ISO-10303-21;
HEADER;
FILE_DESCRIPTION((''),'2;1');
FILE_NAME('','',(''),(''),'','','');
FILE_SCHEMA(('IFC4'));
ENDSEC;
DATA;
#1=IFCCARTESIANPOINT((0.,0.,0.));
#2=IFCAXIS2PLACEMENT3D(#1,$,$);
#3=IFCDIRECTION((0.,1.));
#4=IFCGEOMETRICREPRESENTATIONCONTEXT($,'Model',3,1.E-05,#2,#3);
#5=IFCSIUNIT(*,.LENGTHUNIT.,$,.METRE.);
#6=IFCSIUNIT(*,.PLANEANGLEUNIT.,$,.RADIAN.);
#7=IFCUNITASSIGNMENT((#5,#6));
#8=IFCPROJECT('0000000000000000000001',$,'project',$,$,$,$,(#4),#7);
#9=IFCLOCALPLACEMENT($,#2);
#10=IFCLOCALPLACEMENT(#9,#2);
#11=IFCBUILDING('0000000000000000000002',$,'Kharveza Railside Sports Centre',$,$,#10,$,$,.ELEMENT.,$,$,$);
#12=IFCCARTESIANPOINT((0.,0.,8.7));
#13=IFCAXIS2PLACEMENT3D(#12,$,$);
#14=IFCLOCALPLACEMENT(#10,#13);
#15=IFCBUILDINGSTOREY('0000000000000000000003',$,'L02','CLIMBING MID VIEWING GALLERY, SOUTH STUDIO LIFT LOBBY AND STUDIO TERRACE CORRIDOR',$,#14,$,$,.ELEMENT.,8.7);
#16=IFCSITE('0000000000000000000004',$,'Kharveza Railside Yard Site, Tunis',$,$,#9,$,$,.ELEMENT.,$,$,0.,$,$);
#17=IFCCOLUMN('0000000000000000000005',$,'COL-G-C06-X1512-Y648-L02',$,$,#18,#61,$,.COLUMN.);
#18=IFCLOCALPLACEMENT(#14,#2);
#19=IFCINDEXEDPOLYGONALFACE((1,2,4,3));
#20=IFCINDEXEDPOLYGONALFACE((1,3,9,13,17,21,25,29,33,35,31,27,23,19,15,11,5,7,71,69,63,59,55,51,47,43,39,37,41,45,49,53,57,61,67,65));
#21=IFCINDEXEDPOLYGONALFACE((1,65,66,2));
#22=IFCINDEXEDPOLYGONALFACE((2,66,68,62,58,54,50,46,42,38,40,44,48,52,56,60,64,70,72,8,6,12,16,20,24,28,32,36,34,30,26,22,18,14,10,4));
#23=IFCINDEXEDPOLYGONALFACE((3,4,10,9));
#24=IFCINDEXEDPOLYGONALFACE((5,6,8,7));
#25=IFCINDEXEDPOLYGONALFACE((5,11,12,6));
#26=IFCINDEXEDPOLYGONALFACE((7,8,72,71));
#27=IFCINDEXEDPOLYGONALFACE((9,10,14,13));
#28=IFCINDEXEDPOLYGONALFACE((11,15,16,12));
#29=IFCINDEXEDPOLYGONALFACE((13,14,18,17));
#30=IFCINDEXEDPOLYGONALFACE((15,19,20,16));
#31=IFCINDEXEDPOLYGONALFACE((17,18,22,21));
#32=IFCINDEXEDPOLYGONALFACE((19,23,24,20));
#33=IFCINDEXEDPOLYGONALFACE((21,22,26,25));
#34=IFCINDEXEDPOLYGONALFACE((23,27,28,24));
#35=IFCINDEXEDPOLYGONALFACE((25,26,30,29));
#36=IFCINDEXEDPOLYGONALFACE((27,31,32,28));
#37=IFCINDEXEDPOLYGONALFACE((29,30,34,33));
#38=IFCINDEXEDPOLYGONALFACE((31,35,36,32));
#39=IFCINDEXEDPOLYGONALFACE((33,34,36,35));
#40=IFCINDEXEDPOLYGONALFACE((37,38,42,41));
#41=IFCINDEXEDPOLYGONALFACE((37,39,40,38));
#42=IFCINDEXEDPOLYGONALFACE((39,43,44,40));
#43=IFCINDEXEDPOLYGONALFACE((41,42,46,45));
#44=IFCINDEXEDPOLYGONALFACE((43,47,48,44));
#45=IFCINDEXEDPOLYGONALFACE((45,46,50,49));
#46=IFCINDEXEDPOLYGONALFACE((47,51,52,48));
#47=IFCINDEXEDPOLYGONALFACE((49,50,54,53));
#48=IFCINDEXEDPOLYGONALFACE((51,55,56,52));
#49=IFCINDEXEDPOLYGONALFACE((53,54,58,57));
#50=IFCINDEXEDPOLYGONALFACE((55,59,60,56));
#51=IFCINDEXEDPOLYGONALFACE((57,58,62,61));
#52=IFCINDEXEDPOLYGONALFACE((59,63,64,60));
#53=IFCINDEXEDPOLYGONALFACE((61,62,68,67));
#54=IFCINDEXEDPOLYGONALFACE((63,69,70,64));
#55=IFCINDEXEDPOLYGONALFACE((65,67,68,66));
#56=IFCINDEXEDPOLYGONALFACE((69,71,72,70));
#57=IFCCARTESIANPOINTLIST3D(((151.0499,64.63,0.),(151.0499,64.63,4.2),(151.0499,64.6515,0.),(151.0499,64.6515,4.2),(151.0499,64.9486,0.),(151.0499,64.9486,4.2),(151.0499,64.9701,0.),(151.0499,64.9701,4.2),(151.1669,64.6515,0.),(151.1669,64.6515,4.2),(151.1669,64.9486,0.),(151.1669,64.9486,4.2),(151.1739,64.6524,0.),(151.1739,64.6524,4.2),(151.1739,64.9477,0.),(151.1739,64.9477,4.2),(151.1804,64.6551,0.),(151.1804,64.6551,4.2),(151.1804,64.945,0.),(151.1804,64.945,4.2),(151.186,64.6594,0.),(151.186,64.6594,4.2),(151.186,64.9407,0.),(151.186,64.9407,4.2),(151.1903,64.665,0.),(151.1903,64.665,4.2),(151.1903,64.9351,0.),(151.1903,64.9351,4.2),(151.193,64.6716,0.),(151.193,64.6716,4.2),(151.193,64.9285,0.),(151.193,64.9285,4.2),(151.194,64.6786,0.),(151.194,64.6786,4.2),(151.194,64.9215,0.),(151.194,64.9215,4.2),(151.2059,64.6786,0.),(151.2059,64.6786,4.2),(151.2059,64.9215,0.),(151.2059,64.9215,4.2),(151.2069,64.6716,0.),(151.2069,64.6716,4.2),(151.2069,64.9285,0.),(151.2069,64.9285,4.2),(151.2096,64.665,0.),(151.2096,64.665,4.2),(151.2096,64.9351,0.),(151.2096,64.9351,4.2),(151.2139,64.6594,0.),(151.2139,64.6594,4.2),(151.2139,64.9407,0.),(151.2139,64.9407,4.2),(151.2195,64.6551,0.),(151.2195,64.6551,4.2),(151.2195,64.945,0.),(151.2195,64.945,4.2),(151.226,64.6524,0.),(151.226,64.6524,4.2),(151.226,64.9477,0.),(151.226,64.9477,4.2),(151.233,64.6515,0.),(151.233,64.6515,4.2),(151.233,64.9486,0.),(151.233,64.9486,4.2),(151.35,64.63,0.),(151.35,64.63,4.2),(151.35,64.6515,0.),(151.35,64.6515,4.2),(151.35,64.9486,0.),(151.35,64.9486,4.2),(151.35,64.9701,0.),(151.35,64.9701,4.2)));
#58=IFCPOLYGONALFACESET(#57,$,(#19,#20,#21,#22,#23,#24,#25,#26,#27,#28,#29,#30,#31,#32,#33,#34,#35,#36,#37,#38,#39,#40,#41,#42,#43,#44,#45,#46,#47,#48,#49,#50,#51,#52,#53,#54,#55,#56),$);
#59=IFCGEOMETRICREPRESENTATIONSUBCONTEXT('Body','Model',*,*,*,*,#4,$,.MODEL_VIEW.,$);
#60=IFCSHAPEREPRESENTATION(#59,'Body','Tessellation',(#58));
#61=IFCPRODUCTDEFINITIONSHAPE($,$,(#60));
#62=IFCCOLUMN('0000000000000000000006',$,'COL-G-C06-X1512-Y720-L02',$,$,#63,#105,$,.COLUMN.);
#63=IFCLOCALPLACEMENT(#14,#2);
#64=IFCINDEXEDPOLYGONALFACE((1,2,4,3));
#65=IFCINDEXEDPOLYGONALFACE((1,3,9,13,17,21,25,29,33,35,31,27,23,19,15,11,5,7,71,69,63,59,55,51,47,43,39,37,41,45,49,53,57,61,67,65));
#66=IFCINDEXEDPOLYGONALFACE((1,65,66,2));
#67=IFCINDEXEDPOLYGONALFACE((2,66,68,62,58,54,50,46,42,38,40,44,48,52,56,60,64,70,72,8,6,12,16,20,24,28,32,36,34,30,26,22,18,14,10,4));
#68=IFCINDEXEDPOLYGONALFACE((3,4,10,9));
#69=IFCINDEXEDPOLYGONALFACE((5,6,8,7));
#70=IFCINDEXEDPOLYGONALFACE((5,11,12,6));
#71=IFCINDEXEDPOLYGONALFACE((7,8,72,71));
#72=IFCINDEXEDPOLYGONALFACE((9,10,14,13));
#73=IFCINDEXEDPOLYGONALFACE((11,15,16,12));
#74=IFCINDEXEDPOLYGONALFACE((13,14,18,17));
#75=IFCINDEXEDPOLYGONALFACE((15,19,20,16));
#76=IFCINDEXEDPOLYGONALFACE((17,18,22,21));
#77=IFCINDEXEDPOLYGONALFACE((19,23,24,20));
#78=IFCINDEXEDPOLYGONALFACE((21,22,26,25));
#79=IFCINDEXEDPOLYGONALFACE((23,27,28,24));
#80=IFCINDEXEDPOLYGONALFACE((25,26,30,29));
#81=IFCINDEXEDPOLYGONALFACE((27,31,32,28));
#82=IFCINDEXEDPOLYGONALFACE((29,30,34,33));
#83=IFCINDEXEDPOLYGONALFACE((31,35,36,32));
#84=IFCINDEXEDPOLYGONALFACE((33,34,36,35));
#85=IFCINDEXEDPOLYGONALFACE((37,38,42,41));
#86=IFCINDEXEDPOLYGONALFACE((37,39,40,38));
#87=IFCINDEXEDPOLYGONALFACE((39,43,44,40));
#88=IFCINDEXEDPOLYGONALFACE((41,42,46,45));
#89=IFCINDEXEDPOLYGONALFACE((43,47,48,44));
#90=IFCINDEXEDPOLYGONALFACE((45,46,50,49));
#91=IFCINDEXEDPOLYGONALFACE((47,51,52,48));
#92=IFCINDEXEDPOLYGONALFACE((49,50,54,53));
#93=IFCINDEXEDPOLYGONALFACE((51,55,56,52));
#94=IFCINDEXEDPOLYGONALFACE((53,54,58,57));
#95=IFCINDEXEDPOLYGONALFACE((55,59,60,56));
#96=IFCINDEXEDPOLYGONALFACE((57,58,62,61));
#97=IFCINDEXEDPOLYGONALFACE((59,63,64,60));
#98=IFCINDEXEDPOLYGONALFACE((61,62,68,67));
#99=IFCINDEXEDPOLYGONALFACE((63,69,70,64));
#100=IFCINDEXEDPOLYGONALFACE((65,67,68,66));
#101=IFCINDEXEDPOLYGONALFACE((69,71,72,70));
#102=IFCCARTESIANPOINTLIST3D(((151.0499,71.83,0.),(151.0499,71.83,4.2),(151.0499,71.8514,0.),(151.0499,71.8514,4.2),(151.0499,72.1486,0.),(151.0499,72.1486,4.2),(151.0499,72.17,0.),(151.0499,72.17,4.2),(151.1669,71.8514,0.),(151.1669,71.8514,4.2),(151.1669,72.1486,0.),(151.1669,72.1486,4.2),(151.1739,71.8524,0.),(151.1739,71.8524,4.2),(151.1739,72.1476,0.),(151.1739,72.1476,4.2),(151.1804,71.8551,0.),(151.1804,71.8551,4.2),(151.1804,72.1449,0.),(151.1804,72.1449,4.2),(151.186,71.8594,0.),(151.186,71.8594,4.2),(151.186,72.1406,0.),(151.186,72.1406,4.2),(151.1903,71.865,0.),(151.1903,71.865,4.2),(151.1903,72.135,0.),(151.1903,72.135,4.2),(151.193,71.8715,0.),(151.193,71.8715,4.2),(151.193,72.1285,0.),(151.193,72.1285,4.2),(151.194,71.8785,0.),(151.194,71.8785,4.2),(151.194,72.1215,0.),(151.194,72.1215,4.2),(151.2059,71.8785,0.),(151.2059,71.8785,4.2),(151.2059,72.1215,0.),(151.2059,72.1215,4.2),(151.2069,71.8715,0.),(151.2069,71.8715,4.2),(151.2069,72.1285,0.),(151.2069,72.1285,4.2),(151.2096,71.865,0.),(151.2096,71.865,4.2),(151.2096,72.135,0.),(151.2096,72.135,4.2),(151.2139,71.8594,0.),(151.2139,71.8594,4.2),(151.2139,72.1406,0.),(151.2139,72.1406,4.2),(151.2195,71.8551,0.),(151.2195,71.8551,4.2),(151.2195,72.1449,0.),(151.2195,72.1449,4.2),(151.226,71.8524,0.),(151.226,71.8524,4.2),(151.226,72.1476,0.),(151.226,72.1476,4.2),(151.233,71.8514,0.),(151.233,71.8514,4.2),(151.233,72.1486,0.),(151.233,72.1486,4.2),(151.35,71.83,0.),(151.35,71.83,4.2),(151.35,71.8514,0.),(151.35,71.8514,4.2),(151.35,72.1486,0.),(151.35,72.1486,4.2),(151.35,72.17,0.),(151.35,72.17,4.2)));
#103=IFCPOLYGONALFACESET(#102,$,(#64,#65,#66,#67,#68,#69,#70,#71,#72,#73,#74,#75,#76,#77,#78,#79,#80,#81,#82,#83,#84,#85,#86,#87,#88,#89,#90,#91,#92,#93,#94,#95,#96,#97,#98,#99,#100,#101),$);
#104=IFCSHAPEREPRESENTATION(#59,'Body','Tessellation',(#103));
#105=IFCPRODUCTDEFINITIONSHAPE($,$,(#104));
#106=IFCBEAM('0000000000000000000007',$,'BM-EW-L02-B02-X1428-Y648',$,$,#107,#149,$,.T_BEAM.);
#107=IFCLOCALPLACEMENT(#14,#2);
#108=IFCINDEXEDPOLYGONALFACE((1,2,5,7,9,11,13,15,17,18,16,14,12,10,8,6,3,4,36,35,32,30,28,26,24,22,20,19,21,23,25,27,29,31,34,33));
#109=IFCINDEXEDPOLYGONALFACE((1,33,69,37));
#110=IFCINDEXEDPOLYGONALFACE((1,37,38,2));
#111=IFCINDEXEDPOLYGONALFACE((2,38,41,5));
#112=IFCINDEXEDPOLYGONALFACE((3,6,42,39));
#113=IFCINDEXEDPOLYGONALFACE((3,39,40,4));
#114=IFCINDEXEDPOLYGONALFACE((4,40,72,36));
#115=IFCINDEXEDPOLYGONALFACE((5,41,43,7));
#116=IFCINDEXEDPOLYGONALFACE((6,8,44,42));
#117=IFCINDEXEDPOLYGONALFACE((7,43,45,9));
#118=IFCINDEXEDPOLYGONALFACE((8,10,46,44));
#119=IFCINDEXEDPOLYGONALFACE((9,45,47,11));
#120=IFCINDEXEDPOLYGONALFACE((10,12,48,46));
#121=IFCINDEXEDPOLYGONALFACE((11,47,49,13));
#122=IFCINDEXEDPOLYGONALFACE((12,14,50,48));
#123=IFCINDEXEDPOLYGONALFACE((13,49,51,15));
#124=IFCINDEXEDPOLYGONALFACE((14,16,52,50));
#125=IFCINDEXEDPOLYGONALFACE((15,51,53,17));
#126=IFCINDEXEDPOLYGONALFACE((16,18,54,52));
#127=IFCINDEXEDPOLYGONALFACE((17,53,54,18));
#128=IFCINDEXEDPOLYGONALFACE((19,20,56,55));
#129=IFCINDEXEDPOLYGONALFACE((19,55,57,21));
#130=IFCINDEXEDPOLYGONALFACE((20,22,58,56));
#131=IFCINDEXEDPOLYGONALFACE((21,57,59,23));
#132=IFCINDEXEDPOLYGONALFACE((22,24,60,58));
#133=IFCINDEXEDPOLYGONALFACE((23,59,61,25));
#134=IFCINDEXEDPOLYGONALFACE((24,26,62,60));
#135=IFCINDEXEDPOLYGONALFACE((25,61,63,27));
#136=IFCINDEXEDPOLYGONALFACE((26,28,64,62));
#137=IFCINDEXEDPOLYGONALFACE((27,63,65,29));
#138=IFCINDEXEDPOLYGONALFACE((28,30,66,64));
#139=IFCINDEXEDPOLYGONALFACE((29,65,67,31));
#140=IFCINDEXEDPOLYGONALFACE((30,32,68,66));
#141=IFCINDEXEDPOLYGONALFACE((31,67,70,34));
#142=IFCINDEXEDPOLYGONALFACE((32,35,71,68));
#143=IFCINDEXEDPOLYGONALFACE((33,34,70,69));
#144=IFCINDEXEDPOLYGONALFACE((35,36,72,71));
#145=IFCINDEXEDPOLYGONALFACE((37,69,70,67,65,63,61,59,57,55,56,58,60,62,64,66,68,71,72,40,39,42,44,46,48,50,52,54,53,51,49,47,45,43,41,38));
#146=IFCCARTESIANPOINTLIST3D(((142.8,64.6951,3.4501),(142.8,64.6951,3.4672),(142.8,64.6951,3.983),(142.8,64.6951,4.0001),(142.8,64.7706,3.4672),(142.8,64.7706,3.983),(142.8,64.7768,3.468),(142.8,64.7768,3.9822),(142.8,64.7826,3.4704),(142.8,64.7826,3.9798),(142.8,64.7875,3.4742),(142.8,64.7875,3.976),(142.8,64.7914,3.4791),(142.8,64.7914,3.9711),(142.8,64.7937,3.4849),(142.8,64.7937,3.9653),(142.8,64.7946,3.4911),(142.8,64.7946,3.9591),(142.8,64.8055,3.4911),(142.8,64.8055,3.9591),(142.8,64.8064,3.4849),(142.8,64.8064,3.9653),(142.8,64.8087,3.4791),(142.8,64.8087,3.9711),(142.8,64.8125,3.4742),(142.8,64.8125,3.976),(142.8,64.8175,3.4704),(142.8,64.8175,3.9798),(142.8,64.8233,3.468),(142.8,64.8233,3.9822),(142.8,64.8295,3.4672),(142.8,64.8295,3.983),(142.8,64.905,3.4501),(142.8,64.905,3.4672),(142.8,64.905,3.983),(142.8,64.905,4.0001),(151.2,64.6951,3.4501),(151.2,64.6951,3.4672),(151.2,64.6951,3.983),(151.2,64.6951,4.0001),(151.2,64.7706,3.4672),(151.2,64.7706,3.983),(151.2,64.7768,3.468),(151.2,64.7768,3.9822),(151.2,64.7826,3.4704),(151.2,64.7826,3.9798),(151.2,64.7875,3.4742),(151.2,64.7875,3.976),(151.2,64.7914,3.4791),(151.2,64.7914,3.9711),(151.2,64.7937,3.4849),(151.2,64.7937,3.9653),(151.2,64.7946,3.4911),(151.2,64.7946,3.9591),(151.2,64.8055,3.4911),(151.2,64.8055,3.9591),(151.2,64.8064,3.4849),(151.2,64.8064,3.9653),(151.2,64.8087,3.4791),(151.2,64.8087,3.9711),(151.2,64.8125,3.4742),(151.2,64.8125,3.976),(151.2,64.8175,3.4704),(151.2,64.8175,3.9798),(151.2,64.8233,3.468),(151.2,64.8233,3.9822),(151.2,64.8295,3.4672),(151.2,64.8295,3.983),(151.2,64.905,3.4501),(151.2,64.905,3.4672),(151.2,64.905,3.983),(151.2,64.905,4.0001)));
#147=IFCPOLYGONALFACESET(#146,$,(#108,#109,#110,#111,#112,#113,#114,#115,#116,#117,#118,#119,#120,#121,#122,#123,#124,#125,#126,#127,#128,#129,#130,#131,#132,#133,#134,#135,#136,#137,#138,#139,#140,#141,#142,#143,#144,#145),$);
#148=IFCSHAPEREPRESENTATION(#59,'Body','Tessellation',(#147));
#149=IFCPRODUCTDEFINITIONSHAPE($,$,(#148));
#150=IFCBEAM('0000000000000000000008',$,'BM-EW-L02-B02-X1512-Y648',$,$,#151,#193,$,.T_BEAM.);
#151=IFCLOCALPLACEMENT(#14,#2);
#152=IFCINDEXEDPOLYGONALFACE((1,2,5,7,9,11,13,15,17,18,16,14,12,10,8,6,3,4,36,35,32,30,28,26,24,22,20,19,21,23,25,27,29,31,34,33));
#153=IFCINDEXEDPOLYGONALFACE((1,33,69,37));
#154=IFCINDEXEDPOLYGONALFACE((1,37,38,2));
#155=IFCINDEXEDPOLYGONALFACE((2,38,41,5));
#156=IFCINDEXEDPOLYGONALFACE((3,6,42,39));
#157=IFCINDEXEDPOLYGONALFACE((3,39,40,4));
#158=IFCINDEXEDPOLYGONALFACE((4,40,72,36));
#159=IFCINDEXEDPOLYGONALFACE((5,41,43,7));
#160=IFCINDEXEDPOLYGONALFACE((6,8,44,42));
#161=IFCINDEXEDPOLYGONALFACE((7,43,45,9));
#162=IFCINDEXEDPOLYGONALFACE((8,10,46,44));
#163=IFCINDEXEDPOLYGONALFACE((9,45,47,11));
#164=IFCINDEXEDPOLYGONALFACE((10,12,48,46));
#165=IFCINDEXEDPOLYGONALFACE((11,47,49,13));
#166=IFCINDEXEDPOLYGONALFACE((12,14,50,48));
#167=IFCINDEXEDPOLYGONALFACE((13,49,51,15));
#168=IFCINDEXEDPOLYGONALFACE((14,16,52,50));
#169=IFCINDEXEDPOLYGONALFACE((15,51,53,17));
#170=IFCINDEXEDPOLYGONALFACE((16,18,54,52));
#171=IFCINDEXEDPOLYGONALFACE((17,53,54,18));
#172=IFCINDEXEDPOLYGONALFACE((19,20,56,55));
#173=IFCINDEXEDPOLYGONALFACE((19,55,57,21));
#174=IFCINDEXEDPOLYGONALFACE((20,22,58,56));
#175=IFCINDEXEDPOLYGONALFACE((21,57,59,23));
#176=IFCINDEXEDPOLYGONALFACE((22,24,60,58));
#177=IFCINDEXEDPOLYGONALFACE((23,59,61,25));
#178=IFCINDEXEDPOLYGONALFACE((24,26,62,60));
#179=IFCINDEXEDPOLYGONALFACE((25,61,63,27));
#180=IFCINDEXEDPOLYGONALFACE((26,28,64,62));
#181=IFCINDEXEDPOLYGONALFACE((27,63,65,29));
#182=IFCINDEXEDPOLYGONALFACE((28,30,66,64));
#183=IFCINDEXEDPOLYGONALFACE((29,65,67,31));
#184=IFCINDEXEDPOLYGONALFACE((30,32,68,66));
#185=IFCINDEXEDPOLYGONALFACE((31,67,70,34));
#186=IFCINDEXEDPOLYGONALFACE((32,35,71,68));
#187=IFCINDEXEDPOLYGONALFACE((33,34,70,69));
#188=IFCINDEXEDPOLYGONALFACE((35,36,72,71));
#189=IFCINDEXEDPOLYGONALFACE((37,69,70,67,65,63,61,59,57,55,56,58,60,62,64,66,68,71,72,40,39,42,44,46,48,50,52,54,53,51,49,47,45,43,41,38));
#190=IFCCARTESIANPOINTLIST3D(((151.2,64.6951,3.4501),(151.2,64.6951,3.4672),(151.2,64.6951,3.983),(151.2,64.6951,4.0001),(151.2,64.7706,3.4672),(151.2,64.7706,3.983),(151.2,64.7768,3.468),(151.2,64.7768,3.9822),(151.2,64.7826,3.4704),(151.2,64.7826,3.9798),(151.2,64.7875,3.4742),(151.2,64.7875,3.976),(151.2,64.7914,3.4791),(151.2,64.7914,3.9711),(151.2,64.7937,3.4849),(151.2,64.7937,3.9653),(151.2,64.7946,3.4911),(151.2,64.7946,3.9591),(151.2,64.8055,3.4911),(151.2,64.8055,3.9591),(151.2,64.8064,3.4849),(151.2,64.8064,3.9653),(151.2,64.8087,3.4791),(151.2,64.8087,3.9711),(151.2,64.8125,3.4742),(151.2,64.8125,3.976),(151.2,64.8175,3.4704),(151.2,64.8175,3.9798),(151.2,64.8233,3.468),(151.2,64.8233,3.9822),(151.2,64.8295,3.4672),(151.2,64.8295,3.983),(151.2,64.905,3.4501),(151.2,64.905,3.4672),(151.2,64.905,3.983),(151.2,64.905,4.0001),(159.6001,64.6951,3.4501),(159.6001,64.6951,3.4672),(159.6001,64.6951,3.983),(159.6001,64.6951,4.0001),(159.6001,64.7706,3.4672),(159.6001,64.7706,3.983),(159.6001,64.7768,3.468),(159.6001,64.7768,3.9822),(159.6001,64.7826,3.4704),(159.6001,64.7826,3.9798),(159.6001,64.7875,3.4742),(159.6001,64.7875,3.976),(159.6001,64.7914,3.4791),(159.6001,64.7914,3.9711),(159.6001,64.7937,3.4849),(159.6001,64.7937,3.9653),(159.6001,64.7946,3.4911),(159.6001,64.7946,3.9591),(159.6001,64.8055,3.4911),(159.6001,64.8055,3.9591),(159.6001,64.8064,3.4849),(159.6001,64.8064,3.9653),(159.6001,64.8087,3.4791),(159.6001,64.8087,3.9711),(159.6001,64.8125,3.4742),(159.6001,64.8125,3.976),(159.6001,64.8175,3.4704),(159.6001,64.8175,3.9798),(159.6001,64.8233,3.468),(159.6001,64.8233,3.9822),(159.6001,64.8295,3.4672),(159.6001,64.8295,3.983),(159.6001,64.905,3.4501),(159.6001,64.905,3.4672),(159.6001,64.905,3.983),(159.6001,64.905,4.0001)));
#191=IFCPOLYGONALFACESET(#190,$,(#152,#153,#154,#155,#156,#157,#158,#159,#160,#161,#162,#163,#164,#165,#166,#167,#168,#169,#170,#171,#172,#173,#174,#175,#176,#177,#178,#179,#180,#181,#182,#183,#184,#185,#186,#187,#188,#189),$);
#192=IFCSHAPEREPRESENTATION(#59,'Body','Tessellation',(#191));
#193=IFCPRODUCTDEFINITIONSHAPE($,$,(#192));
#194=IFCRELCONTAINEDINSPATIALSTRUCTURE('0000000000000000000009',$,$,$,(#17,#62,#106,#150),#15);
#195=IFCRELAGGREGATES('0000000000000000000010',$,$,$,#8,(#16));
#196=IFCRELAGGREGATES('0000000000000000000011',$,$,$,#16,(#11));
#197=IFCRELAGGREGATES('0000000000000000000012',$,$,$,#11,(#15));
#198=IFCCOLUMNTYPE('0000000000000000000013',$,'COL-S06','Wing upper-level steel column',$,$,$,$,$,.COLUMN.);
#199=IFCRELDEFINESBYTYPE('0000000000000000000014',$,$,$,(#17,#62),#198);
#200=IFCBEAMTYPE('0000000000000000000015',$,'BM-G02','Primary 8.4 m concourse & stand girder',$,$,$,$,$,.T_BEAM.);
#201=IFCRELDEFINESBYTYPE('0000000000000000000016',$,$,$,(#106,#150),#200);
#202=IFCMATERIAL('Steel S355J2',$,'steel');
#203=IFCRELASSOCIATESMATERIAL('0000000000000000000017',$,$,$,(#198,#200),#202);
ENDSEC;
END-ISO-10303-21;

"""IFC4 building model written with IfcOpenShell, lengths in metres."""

from ifc_helpers import new_model, si_unit, direction, frame, origin, origin_2d, place, context, subcontext, project, spatial, i_section, extrude, material, material_profile, profile_set, type_object, element, save


model = new_model("IFC4")

# Units and contexts
model_context = context("Model", 3, precision=1e-05, world=origin(), true_north=direction((0.0, 1.0)))
body_context = subcontext(model_context, "Body", "Model", "MODEL_VIEW")
ifc_project = project(units=[si_unit("LENGTHUNIT", "METRE"), si_unit("PLANEANGLEUNIT", "RADIAN")], contexts=[model_context])

# Site, building, storey
site_placement = place(None, origin())
site = spatial("IfcSite", under=ifc_project, at=site_placement, Name="Kharveza Railside Yard Site, Tunis", CompositionType="ELEMENT", RefElevation=0.0)
building_placement = place(site_placement, origin())
building = spatial("IfcBuilding", under=site, at=building_placement, Name="Kharveza Railside Sports Centre", CompositionType="ELEMENT")
storey_placement = place(building_placement, frame((0.0, 0.0, 8.7)))
storey = spatial("IfcBuildingStorey", under=building, at=storey_placement, Name="L02", Description="CLIMBING MID VIEWING GALLERY, SOUTH STUDIO LIFT LOBBY AND STUDIO TERRACE CORRIDOR", CompositionType="ELEMENT", Elevation=8.7)

# Columns
ifc_material_1 = material(Name="Steel S355J2", Category="steel")
ifc_material_profile_1 = material_profile(ifc_material_1, i_section(OverallWidth=0.3, OverallDepth=0.3401, WebThickness=0.012, FlangeThickness=0.0215, FilletRadius=0.0271, at=origin_2d()), Name="HEB 340")
ifc_profile_set_1 = profile_set([ifc_material_profile_1], Name="Steel S355J2")
column_type = type_object("IfcColumnType", Name="COL-S06", Description="Wing upper-level steel column", PredefinedType="COLUMN", material=ifc_profile_set_1)
for number, where, z_axis, x_axis, name in (
    (1, (151.2, 64.8, 0.0), (0.0, 0.0, 1.0), (1.0, 0.0, 0.0), "COL-G-C06-X1512-Y648-L02"),
    (2, (151.2, 72.0, 0.0), (0.0, 0.0, 1.0), (1.0, 0.0, 0.0), "COL-G-C06-X1512-Y720-L02"),
):
    element("IfcColumn", number, at=place(storey_placement, frame(where, z_axis=z_axis, x_axis=x_axis)), inside=storey, type_object=column_type, Name=name, PredefinedType="COLUMN", context=body_context, shape_type="SweptSolid", body=[
        extrude(i_section(OverallWidth=0.3, OverallDepth=0.3401, WebThickness=0.012, FlangeThickness=0.0215, FilletRadius=0.0271, at=origin_2d()), origin(), (0.0, 0.0, 1.0), 4.2),
    ])

# Beams
ifc_material_profile_2 = material_profile(ifc_material_1, i_section(OverallWidth=0.21, OverallDepth=0.55, WebThickness=0.011, FlangeThickness=0.0171, FilletRadius=0.0239, at=origin_2d()), Name="IPE 550")
ifc_profile_set_2 = profile_set([ifc_material_profile_2], Name="Steel S355J2")
beam_type_1 = type_object("IfcBeamType", Name="BM-G02", Description="Primary 8.4 m concourse & stand girder", PredefinedType="T_BEAM", material=ifc_profile_set_2)
beam_1_placement = place(storey_placement, frame((142.8, 64.8, 3.7251), z_axis=(1.0, 0.0, 0.0), x_axis=(0.0, 1.0, 0.0)))
element("IfcBeam", 3, at=beam_1_placement, inside=storey, type_object=beam_type_1, Name="BM-EW-L02-B02-X1428-Y648", PredefinedType="T_BEAM", context=body_context, shape_type="SweptSolid", body=[
    extrude(i_section(OverallWidth=0.21, OverallDepth=0.55, WebThickness=0.011, FlangeThickness=0.0171, FilletRadius=0.0239, at=origin_2d()), origin(), (0.0, 0.0, 1.0), 8.3999),
])
beam_2_placement = place(storey_placement, frame((151.2, 64.8, 3.7251), z_axis=(1.0, 0.0, 0.0), x_axis=(0.0, 1.0, 0.0)))
element("IfcBeam", 4, at=beam_2_placement, inside=storey, type_object=beam_type_1, Name="BM-EW-L02-B02-X1512-Y648", PredefinedType="T_BEAM", context=body_context, shape_type="SweptSolid", body=[
    extrude(i_section(OverallWidth=0.21, OverallDepth=0.55, WebThickness=0.011, FlangeThickness=0.0171, FilletRadius=0.0239, at=origin_2d()), origin(), (0.0, 0.0, 1.0), 8.4001),
])

save(model, "model.ifc")
